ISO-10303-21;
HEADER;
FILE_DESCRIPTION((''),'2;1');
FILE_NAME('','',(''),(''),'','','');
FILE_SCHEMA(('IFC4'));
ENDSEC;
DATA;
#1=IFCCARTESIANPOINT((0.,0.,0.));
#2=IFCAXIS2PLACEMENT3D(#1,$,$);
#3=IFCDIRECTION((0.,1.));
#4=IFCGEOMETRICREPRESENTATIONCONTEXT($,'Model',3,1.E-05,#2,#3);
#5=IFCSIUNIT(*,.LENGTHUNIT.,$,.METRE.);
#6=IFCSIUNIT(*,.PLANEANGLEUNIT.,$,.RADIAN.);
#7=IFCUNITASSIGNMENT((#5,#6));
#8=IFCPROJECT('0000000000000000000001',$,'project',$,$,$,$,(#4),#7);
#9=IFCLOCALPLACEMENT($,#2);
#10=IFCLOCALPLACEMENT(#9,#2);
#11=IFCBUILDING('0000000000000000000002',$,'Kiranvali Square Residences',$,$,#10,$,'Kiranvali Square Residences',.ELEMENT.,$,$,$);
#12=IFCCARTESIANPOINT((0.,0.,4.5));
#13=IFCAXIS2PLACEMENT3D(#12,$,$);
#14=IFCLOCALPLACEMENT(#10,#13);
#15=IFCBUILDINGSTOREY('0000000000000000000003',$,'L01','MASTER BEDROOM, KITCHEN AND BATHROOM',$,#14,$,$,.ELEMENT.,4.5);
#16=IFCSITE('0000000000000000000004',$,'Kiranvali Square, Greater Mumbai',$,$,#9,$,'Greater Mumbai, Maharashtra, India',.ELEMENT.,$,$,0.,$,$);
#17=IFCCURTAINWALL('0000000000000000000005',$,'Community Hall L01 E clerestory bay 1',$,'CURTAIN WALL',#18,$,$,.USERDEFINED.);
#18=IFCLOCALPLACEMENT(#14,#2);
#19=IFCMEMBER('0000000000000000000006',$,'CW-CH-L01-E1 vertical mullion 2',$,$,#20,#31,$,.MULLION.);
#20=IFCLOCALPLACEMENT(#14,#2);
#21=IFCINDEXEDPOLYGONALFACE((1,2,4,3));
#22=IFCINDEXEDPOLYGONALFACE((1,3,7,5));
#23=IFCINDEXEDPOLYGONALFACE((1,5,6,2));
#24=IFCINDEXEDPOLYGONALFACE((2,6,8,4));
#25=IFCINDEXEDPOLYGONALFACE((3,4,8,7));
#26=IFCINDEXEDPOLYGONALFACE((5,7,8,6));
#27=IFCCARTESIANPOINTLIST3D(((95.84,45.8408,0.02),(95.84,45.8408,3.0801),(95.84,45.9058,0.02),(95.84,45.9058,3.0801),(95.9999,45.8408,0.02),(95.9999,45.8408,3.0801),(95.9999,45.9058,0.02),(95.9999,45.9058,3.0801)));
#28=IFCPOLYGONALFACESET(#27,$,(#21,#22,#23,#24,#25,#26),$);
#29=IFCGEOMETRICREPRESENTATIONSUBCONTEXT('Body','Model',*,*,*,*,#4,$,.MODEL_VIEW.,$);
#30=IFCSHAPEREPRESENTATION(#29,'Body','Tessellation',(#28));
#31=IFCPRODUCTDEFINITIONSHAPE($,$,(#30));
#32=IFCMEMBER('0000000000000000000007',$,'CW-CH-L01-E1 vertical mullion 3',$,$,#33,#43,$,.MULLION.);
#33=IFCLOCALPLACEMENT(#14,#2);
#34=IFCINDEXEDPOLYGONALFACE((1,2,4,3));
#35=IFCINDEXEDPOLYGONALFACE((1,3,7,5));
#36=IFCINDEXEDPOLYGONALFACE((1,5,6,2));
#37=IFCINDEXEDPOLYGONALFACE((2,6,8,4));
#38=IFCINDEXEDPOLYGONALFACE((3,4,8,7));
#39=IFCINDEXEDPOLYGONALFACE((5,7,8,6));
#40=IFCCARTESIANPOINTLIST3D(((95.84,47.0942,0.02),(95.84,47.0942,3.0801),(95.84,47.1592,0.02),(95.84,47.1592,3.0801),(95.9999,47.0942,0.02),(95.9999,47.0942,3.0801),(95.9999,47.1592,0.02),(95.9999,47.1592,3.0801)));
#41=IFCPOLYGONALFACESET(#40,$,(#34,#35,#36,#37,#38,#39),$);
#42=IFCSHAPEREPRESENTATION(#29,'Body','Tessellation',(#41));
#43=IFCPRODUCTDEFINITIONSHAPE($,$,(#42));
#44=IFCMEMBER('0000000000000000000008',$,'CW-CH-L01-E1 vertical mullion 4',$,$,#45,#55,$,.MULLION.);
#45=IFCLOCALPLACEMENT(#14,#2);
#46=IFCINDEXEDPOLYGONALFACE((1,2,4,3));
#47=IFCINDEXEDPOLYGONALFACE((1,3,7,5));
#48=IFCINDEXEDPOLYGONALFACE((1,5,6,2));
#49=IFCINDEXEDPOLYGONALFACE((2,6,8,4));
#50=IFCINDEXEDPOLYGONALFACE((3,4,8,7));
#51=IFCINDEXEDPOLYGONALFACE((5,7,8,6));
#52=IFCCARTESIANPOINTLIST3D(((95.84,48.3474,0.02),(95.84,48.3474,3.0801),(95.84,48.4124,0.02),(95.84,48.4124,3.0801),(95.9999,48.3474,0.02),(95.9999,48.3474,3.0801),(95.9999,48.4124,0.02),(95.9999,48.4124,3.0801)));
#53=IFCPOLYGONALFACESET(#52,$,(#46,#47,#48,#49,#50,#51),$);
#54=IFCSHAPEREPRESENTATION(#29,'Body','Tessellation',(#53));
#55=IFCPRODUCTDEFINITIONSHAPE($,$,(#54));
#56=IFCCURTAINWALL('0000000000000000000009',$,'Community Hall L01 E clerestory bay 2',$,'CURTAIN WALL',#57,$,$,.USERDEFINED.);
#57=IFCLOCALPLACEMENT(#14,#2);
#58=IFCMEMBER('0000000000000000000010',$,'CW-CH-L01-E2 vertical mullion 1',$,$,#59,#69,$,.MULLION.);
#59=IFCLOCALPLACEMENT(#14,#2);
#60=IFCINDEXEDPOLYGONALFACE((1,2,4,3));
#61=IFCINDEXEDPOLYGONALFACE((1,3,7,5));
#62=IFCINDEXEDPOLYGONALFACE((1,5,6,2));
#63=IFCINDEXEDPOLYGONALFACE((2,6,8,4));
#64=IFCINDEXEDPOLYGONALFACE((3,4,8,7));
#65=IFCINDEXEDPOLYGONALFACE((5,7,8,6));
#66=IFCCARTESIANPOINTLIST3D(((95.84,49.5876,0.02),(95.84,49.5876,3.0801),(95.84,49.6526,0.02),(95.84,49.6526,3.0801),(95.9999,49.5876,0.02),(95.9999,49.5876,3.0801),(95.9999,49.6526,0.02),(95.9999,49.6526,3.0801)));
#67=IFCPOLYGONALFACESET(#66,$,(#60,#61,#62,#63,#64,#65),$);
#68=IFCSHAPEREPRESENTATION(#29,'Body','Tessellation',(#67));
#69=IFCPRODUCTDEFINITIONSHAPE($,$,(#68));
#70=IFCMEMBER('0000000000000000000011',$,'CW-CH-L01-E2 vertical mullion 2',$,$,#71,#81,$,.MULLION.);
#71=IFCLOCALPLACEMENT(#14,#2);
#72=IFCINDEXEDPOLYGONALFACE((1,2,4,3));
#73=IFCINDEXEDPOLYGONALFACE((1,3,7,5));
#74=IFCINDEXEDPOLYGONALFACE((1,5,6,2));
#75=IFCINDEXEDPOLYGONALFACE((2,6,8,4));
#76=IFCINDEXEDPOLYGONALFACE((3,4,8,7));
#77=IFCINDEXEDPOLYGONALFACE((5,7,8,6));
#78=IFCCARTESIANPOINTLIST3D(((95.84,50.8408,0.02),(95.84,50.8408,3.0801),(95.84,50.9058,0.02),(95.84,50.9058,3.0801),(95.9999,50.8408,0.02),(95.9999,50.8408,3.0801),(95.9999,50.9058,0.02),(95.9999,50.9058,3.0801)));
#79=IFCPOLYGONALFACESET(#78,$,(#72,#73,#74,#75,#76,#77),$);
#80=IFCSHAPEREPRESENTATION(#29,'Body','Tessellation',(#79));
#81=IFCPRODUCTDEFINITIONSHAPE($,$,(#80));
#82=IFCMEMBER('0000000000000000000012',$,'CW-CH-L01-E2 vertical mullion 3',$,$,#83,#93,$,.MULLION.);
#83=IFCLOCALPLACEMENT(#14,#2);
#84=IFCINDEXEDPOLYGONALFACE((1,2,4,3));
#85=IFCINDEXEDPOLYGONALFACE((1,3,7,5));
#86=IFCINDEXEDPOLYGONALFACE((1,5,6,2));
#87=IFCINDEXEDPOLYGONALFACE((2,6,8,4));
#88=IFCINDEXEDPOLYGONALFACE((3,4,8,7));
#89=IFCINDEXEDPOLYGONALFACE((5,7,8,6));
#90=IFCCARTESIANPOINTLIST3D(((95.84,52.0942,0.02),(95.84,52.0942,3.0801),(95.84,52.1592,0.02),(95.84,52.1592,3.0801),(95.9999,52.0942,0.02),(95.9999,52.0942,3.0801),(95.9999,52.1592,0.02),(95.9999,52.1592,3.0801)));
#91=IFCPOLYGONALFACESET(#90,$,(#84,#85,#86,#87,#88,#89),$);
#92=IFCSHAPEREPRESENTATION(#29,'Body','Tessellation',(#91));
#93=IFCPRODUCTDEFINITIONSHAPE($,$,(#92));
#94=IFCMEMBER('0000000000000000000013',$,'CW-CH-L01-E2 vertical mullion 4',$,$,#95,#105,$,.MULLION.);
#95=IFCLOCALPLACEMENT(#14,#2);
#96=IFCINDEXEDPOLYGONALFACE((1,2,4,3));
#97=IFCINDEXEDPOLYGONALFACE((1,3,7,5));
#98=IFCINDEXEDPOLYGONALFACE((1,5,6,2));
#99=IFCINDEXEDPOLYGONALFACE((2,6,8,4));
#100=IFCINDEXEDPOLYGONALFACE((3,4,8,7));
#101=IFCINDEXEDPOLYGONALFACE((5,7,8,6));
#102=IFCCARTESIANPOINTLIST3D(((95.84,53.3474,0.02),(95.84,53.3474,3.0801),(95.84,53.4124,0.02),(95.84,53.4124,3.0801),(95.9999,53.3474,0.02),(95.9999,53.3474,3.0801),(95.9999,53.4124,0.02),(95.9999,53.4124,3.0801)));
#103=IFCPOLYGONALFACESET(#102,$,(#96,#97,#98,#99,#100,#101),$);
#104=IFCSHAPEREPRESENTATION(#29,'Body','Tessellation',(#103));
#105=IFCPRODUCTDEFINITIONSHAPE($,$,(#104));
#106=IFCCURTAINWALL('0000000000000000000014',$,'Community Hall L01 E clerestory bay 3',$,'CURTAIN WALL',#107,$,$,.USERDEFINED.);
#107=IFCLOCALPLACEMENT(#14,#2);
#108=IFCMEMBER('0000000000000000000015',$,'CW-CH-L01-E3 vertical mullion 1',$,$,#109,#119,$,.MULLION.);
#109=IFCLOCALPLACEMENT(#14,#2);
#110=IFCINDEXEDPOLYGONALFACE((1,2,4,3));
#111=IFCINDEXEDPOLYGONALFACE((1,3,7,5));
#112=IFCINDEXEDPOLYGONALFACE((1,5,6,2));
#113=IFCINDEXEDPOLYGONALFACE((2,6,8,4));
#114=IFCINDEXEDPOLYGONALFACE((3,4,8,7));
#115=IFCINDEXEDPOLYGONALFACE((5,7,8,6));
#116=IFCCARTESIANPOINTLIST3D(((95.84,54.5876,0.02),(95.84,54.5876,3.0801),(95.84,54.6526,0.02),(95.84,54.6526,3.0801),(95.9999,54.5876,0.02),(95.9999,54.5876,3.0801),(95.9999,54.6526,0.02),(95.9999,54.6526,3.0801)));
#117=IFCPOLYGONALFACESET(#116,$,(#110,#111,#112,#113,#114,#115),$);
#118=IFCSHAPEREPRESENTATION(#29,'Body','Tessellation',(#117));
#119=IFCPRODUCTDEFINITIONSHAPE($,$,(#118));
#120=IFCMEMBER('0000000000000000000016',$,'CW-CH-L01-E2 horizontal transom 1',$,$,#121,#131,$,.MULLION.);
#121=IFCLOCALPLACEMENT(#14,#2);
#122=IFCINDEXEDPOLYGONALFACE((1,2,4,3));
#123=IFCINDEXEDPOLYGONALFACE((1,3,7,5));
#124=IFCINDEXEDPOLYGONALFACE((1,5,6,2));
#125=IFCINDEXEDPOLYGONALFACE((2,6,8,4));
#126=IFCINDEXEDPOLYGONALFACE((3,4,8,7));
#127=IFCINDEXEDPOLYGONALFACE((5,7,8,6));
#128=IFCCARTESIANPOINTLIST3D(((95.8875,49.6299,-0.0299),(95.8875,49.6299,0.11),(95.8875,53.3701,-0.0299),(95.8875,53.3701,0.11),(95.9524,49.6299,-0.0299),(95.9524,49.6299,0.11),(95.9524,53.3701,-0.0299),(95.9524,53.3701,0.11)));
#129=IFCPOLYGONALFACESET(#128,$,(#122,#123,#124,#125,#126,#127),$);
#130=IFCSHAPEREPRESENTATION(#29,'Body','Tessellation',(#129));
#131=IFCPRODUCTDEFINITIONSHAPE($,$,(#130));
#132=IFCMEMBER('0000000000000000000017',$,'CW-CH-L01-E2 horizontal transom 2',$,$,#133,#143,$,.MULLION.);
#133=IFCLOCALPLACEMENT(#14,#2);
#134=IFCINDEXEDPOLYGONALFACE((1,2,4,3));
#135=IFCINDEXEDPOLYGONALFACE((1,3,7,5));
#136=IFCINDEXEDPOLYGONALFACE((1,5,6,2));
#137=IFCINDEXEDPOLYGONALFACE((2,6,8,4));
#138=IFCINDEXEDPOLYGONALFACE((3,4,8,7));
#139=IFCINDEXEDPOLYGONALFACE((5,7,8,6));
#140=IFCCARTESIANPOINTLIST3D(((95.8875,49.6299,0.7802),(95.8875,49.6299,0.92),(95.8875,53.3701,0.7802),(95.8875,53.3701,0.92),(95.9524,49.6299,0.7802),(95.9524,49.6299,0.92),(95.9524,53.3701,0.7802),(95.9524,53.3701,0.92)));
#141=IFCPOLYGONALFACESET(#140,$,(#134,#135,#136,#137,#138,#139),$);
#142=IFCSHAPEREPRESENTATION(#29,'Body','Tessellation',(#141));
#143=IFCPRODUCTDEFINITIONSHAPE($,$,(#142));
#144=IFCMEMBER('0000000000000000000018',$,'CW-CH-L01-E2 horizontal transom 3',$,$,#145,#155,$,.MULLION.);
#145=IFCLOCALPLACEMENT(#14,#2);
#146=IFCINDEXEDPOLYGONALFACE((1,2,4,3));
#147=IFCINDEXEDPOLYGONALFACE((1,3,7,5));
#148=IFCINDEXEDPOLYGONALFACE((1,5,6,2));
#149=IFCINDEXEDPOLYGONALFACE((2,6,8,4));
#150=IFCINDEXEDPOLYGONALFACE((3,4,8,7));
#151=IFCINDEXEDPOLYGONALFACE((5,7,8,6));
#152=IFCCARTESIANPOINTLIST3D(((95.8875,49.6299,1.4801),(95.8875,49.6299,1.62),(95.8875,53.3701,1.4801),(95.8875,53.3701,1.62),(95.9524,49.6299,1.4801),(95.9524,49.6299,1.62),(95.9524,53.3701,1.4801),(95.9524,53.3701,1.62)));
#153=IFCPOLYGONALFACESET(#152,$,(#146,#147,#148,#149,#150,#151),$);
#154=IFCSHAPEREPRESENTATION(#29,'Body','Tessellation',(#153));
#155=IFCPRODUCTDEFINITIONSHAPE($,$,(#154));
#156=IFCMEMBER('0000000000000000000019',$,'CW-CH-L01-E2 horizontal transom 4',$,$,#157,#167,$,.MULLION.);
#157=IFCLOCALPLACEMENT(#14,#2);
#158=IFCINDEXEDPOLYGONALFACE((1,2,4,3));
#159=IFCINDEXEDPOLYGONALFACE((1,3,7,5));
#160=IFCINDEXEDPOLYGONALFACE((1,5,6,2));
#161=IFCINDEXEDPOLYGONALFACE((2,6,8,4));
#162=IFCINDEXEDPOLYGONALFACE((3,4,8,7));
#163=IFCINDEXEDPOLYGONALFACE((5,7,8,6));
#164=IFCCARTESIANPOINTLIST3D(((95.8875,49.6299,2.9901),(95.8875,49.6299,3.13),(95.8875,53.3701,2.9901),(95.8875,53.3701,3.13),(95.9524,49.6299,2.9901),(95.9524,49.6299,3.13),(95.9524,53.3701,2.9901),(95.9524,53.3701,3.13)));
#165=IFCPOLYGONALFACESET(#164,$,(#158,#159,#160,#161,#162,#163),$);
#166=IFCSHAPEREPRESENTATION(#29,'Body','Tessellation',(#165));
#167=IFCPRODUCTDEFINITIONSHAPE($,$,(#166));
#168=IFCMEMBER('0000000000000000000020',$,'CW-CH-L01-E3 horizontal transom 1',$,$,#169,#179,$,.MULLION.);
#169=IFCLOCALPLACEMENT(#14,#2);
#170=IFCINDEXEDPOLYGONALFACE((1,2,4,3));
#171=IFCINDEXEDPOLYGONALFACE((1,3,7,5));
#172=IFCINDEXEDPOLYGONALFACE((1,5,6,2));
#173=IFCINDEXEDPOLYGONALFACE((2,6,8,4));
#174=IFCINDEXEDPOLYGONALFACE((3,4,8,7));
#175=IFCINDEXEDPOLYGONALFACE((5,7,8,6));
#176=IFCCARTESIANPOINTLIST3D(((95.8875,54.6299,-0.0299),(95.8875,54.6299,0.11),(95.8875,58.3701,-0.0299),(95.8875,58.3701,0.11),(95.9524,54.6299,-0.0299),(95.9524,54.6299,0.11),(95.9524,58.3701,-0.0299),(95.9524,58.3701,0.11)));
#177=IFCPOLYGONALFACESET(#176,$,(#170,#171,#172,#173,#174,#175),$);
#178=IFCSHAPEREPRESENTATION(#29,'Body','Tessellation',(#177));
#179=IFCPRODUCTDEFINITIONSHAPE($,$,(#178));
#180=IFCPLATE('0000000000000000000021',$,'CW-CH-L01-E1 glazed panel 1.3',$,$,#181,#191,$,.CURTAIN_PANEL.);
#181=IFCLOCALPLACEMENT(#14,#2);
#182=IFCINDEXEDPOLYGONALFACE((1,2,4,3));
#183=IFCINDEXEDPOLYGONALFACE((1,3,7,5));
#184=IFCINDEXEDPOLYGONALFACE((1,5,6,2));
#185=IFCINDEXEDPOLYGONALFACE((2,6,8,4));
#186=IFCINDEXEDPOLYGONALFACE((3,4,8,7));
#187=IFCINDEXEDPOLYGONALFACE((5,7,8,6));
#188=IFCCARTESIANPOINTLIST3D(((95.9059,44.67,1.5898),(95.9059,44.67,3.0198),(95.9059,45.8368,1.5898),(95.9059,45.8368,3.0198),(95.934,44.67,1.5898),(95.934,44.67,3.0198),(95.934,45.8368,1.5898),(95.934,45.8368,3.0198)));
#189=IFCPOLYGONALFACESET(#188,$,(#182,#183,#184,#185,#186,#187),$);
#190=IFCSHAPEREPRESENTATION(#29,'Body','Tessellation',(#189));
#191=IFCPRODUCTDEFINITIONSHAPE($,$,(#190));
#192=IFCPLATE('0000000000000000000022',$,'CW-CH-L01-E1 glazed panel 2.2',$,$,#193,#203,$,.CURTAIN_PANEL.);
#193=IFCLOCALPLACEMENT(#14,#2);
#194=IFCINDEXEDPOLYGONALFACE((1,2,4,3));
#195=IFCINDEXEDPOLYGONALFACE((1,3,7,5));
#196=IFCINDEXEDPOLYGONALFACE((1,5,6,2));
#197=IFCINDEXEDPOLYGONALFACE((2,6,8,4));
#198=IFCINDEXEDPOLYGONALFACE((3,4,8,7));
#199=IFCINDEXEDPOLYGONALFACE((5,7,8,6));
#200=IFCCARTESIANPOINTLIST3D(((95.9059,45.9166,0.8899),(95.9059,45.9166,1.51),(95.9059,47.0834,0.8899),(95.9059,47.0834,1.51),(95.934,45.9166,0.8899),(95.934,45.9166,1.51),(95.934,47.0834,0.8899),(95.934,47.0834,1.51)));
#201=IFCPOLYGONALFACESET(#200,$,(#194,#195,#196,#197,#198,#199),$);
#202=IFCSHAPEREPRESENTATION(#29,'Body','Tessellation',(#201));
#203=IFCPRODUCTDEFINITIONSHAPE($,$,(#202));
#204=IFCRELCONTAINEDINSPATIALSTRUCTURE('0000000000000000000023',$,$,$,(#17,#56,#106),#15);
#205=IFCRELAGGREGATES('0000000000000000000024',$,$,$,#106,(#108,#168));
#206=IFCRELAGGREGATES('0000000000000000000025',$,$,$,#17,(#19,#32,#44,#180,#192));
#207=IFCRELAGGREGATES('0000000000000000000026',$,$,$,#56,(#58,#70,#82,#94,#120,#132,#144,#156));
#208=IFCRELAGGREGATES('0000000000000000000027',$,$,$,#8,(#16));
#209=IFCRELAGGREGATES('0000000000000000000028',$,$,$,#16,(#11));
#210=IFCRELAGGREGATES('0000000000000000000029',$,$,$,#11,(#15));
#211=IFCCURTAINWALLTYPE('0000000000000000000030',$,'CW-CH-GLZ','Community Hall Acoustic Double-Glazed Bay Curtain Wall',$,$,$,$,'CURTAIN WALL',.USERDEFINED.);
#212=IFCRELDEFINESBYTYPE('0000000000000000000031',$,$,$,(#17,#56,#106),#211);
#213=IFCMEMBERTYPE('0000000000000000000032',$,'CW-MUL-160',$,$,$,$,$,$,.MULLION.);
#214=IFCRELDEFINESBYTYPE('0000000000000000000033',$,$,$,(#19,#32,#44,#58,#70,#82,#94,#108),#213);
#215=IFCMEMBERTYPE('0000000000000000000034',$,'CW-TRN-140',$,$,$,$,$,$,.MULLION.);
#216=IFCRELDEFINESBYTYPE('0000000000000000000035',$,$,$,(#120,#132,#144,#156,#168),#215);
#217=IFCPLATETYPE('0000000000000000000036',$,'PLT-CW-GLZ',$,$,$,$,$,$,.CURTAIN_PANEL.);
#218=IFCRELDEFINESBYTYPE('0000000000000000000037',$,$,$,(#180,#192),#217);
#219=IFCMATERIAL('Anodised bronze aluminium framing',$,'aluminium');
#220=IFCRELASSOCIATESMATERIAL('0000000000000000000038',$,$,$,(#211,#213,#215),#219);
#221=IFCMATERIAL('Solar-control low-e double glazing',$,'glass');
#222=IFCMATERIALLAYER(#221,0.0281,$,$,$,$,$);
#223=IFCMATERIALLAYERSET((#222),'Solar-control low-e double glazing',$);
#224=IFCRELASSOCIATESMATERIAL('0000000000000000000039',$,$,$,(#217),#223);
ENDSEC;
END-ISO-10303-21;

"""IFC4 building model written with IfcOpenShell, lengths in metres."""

from ifc_helpers import new_model, si_unit, direction, frame, origin, origin_2d, place, context, subcontext, project, spatial, rectangle, extrude, material, layer, layer_set, material_profile, profile_set, type_object, element, aggregate, save


model = new_model("IFC4")

# Units and contexts
model_context = context("Model", 3, precision=1e-05, world=origin(), true_north=direction((0.0, 1.0)))
body_context = subcontext(model_context, "Body", "Model", "MODEL_VIEW")
ifc_project = project(units=[si_unit("LENGTHUNIT", "METRE"), si_unit("PLANEANGLEUNIT", "RADIAN")], contexts=[model_context])

# Site, building, storey
site_placement = place(None, origin())
site = spatial("IfcSite", under=ifc_project, at=site_placement, Name="Kiranvali Square, Greater Mumbai", LongName="Greater Mumbai, Maharashtra, India", CompositionType="ELEMENT", RefElevation=0.0)
building_placement = place(site_placement, origin())
building = spatial("IfcBuilding", under=site, at=building_placement, Name="Kiranvali Square Residences", LongName="Kiranvali Square Residences", CompositionType="ELEMENT")
storey_placement = place(building_placement, frame((0.0, 0.0, 4.5)))
storey = spatial("IfcBuildingStorey", under=building, at=storey_placement, Name="L01", Description="MASTER BEDROOM, KITCHEN AND BATHROOM", CompositionType="ELEMENT", Elevation=4.5)

# Curtain walls, members
ifc_material_1 = material(Name="Anodised bronze aluminium framing", Category="aluminium")
curtain_wall_type = type_object("IfcCurtainWallType", Name="CW-CH-GLZ", Description="Community Hall Acoustic Double-Glazed Bay Curtain Wall", ElementType="CURTAIN WALL", PredefinedType="USERDEFINED", material=ifc_material_1)
curtain_wall_1_placement = place(storey_placement, origin())
curtain_wall_1 = element("IfcCurtainWall", 1, at=curtain_wall_1_placement, inside=storey, type_object=curtain_wall_type, Name="Community Hall L01 E clerestory bay 1", ObjectType="CURTAIN WALL", PredefinedType="USERDEFINED")
ifc_material_profile_1 = material_profile(ifc_material_1, rectangle(XDim=0.0649, YDim=0.1599, at=origin_2d()), Name="ALU 65x160")
ifc_profile_set_1 = profile_set([ifc_material_profile_1], Name="Anodised bronze aluminium framing")
member_type_1 = type_object("IfcMemberType", Name="CW-MUL-160", PredefinedType="MULLION", material=ifc_profile_set_1)
member_1_placement = place(storey_placement, frame((95.9199, 45.8733, 0.02), z_axis=(0.0, 0.0, 1.0), x_axis=(0.0, 1.0, 0.0)))
member_1 = element("IfcMember", 2, at=member_1_placement, type_object=member_type_1, Name="CW-CH-L01-E1 vertical mullion 2", PredefinedType="MULLION", context=body_context, shape_type="SweptSolid", body=[
    extrude(rectangle(XDim=0.0649, YDim=0.1599, at=origin_2d()), origin(), (0.0, 0.0, 1.0), 3.0601),
])
member_2_placement = place(storey_placement, frame((95.9199, 47.1267, 0.02), z_axis=(0.0, 0.0, 1.0), x_axis=(0.0, 1.0, 0.0)))
member_2 = element("IfcMember", 3, at=member_2_placement, type_object=member_type_1, Name="CW-CH-L01-E1 vertical mullion 3", PredefinedType="MULLION", context=body_context, shape_type="SweptSolid", body=[
    extrude(rectangle(XDim=0.0649, YDim=0.1599, at=origin_2d()), origin(), (0.0, 0.0, 1.0), 3.0601),
])
member_3_placement = place(storey_placement, frame((95.9199, 48.3799, 0.02), z_axis=(0.0, 0.0, 1.0), x_axis=(0.0, 1.0, 0.0)))
member_3 = element("IfcMember", 4, at=member_3_placement, type_object=member_type_1, Name="CW-CH-L01-E1 vertical mullion 4", PredefinedType="MULLION", context=body_context, shape_type="SweptSolid", body=[
    extrude(rectangle(XDim=0.0649, YDim=0.1599, at=origin_2d()), origin(), (0.0, 0.0, 1.0), 3.0601),
])
curtain_wall_2_placement = place(storey_placement, origin())
curtain_wall_2 = element("IfcCurtainWall", 5, at=curtain_wall_2_placement, inside=storey, type_object=curtain_wall_type, Name="Community Hall L01 E clerestory bay 2", ObjectType="CURTAIN WALL", PredefinedType="USERDEFINED")
member_4_placement = place(storey_placement, frame((95.9199, 49.6201, 0.02), z_axis=(0.0, 0.0, 1.0), x_axis=(0.0, 1.0, 0.0)))
member_4 = element("IfcMember", 6, at=member_4_placement, type_object=member_type_1, Name="CW-CH-L01-E2 vertical mullion 1", PredefinedType="MULLION", context=body_context, shape_type="SweptSolid", body=[
    extrude(rectangle(XDim=0.0649, YDim=0.1599, at=origin_2d()), origin(), (0.0, 0.0, 1.0), 3.0601),
])
member_5_placement = place(storey_placement, frame((95.9199, 50.8733, 0.02), z_axis=(0.0, 0.0, 1.0), x_axis=(0.0, 1.0, 0.0)))
member_5 = element("IfcMember", 7, at=member_5_placement, type_object=member_type_1, Name="CW-CH-L01-E2 vertical mullion 2", PredefinedType="MULLION", context=body_context, shape_type="SweptSolid", body=[
    extrude(rectangle(XDim=0.0649, YDim=0.1599, at=origin_2d()), origin(), (0.0, 0.0, 1.0), 3.0601),
])
member_6_placement = place(storey_placement, frame((95.9199, 52.1267, 0.02), z_axis=(0.0, 0.0, 1.0), x_axis=(0.0, 1.0, 0.0)))
member_6 = element("IfcMember", 8, at=member_6_placement, type_object=member_type_1, Name="CW-CH-L01-E2 vertical mullion 3", PredefinedType="MULLION", context=body_context, shape_type="SweptSolid", body=[
    extrude(rectangle(XDim=0.0649, YDim=0.1599, at=origin_2d()), origin(), (0.0, 0.0, 1.0), 3.0601),
])
member_7_placement = place(storey_placement, frame((95.9199, 53.3799, 0.02), z_axis=(0.0, 0.0, 1.0), x_axis=(0.0, 1.0, 0.0)))
member_7 = element("IfcMember", 9, at=member_7_placement, type_object=member_type_1, Name="CW-CH-L01-E2 vertical mullion 4", PredefinedType="MULLION", context=body_context, shape_type="SweptSolid", body=[
    extrude(rectangle(XDim=0.0649, YDim=0.1599, at=origin_2d()), origin(), (0.0, 0.0, 1.0), 3.0601),
])

# Curtain wall, member
curtain_wall_3_placement = place(storey_placement, origin())
curtain_wall_3 = element("IfcCurtainWall", 10, at=curtain_wall_3_placement, inside=storey, type_object=curtain_wall_type, Name="Community Hall L01 E clerestory bay 3", ObjectType="CURTAIN WALL", PredefinedType="USERDEFINED")
member_8_placement = place(storey_placement, frame((95.9199, 54.6201, 0.02), z_axis=(0.0, 0.0, 1.0), x_axis=(0.0, 1.0, 0.0)))
member_8 = element("IfcMember", 11, at=member_8_placement, type_object=member_type_1, Name="CW-CH-L01-E3 vertical mullion 1", PredefinedType="MULLION", context=body_context, shape_type="SweptSolid", body=[
    extrude(rectangle(XDim=0.0649, YDim=0.1599, at=origin_2d()), origin(), (0.0, 0.0, 1.0), 3.0601),
])

# Members
ifc_material_profile_2 = material_profile(ifc_material_1, rectangle(XDim=0.0649, YDim=0.1399, at=origin_2d()), Name="ALU 65x140")
ifc_profile_set_2 = profile_set([ifc_material_profile_2], Name="Anodised bronze aluminium framing")
member_type_2 = type_object("IfcMemberType", Name="CW-TRN-140", PredefinedType="MULLION", material=ifc_profile_set_2)
member_9_placement = place(storey_placement, frame((95.9199, 49.6299, 0.04), z_axis=(0.0, 1.0, 0.0), x_axis=(-1.0, 0.0, 0.0)))
member_9 = element("IfcMember", 12, at=member_9_placement, type_object=member_type_2, Name="CW-CH-L01-E2 horizontal transom 1", PredefinedType="MULLION", context=body_context, shape_type="SweptSolid", body=[
    extrude(rectangle(XDim=0.0649, YDim=0.1399, at=origin_2d()), origin(), (0.0, 0.0, 1.0), 3.7402),
])
member_10_placement = place(storey_placement, frame((95.9199, 49.6299, 0.8501), z_axis=(0.0, 1.0, 0.0), x_axis=(-1.0, 0.0, 0.0)))
member_10 = element("IfcMember", 13, at=member_10_placement, type_object=member_type_2, Name="CW-CH-L01-E2 horizontal transom 2", PredefinedType="MULLION", context=body_context, shape_type="SweptSolid", body=[
    extrude(rectangle(XDim=0.0649, YDim=0.1399, at=origin_2d()), origin(), (0.0, 0.0, 1.0), 3.7402),
])
member_11_placement = place(storey_placement, frame((95.9199, 49.6299, 1.55), z_axis=(0.0, 1.0, 0.0), x_axis=(-1.0, 0.0, 0.0)))
member_11 = element("IfcMember", 14, at=member_11_placement, type_object=member_type_2, Name="CW-CH-L01-E2 horizontal transom 3", PredefinedType="MULLION", context=body_context, shape_type="SweptSolid", body=[
    extrude(rectangle(XDim=0.0649, YDim=0.1399, at=origin_2d()), origin(), (0.0, 0.0, 1.0), 3.7402),
])
member_12_placement = place(storey_placement, frame((95.9199, 49.6299, 3.0601), z_axis=(0.0, 1.0, 0.0), x_axis=(-1.0, 0.0, 0.0)))
member_12 = element("IfcMember", 15, at=member_12_placement, type_object=member_type_2, Name="CW-CH-L01-E2 horizontal transom 4", PredefinedType="MULLION", context=body_context, shape_type="SweptSolid", body=[
    extrude(rectangle(XDim=0.0649, YDim=0.1399, at=origin_2d()), origin(), (0.0, 0.0, 1.0), 3.7402),
])
member_13_placement = place(storey_placement, frame((95.9199, 54.6299, 0.04), z_axis=(0.0, 1.0, 0.0), x_axis=(-1.0, 0.0, 0.0)))
member_13 = element("IfcMember", 16, at=member_13_placement, type_object=member_type_2, Name="CW-CH-L01-E3 horizontal transom 1", PredefinedType="MULLION", context=body_context, shape_type="SweptSolid", body=[
    extrude(rectangle(XDim=0.0649, YDim=0.1399, at=origin_2d()), origin(), (0.0, 0.0, 1.0), 3.7402),
])
aggregate(curtain_wall_3, [member_8, member_13])

# Plates
ifc_material_2 = material(Name="Solar-control low-e double glazing", Category="glass")
ifc_layer_1 = layer(ifc_material_2, 0.0281)
ifc_layer_set_1 = layer_set([ifc_layer_1], Name="Solar-control low-e double glazing")
plate_type_1 = type_object("IfcPlateType", Name="PLT-CW-GLZ", PredefinedType="CURTAIN_PANEL", material=ifc_layer_set_1)
plate_1_placement = place(storey_placement, frame((95.9199, 45.2534, 1.5898), z_axis=(0.0, 0.0, 1.0), x_axis=(0.0, 1.0, 0.0)))
plate_1 = element("IfcPlate", 17, at=plate_1_placement, type_object=plate_type_1, Name="CW-CH-L01-E1 glazed panel 1.3", PredefinedType="CURTAIN_PANEL", context=body_context, shape_type="SweptSolid", body=[
    extrude(rectangle(XDim=1.1667, YDim=0.0281, at=origin_2d()), origin(), (0.0, 0.0, 1.0), 1.4299),
])
plate_2_placement = place(storey_placement, frame((95.9199, 46.5, 0.8899), z_axis=(0.0, 0.0, 1.0), x_axis=(0.0, 1.0, 0.0)))
plate_2 = element("IfcPlate", 18, at=plate_2_placement, type_object=plate_type_1, Name="CW-CH-L01-E1 glazed panel 2.2", PredefinedType="CURTAIN_PANEL", context=body_context, shape_type="SweptSolid", body=[
    extrude(rectangle(XDim=1.1667, YDim=0.0281, at=origin_2d()), origin(), (0.0, 0.0, 1.0), 0.6201),
])
aggregate(curtain_wall_1, [member_1, member_2, member_3, plate_1, plate_2])
aggregate(curtain_wall_2, [member_4, member_5, member_6, member_7, member_9, member_10, member_11, member_12])

save(model, "model.ifc")
